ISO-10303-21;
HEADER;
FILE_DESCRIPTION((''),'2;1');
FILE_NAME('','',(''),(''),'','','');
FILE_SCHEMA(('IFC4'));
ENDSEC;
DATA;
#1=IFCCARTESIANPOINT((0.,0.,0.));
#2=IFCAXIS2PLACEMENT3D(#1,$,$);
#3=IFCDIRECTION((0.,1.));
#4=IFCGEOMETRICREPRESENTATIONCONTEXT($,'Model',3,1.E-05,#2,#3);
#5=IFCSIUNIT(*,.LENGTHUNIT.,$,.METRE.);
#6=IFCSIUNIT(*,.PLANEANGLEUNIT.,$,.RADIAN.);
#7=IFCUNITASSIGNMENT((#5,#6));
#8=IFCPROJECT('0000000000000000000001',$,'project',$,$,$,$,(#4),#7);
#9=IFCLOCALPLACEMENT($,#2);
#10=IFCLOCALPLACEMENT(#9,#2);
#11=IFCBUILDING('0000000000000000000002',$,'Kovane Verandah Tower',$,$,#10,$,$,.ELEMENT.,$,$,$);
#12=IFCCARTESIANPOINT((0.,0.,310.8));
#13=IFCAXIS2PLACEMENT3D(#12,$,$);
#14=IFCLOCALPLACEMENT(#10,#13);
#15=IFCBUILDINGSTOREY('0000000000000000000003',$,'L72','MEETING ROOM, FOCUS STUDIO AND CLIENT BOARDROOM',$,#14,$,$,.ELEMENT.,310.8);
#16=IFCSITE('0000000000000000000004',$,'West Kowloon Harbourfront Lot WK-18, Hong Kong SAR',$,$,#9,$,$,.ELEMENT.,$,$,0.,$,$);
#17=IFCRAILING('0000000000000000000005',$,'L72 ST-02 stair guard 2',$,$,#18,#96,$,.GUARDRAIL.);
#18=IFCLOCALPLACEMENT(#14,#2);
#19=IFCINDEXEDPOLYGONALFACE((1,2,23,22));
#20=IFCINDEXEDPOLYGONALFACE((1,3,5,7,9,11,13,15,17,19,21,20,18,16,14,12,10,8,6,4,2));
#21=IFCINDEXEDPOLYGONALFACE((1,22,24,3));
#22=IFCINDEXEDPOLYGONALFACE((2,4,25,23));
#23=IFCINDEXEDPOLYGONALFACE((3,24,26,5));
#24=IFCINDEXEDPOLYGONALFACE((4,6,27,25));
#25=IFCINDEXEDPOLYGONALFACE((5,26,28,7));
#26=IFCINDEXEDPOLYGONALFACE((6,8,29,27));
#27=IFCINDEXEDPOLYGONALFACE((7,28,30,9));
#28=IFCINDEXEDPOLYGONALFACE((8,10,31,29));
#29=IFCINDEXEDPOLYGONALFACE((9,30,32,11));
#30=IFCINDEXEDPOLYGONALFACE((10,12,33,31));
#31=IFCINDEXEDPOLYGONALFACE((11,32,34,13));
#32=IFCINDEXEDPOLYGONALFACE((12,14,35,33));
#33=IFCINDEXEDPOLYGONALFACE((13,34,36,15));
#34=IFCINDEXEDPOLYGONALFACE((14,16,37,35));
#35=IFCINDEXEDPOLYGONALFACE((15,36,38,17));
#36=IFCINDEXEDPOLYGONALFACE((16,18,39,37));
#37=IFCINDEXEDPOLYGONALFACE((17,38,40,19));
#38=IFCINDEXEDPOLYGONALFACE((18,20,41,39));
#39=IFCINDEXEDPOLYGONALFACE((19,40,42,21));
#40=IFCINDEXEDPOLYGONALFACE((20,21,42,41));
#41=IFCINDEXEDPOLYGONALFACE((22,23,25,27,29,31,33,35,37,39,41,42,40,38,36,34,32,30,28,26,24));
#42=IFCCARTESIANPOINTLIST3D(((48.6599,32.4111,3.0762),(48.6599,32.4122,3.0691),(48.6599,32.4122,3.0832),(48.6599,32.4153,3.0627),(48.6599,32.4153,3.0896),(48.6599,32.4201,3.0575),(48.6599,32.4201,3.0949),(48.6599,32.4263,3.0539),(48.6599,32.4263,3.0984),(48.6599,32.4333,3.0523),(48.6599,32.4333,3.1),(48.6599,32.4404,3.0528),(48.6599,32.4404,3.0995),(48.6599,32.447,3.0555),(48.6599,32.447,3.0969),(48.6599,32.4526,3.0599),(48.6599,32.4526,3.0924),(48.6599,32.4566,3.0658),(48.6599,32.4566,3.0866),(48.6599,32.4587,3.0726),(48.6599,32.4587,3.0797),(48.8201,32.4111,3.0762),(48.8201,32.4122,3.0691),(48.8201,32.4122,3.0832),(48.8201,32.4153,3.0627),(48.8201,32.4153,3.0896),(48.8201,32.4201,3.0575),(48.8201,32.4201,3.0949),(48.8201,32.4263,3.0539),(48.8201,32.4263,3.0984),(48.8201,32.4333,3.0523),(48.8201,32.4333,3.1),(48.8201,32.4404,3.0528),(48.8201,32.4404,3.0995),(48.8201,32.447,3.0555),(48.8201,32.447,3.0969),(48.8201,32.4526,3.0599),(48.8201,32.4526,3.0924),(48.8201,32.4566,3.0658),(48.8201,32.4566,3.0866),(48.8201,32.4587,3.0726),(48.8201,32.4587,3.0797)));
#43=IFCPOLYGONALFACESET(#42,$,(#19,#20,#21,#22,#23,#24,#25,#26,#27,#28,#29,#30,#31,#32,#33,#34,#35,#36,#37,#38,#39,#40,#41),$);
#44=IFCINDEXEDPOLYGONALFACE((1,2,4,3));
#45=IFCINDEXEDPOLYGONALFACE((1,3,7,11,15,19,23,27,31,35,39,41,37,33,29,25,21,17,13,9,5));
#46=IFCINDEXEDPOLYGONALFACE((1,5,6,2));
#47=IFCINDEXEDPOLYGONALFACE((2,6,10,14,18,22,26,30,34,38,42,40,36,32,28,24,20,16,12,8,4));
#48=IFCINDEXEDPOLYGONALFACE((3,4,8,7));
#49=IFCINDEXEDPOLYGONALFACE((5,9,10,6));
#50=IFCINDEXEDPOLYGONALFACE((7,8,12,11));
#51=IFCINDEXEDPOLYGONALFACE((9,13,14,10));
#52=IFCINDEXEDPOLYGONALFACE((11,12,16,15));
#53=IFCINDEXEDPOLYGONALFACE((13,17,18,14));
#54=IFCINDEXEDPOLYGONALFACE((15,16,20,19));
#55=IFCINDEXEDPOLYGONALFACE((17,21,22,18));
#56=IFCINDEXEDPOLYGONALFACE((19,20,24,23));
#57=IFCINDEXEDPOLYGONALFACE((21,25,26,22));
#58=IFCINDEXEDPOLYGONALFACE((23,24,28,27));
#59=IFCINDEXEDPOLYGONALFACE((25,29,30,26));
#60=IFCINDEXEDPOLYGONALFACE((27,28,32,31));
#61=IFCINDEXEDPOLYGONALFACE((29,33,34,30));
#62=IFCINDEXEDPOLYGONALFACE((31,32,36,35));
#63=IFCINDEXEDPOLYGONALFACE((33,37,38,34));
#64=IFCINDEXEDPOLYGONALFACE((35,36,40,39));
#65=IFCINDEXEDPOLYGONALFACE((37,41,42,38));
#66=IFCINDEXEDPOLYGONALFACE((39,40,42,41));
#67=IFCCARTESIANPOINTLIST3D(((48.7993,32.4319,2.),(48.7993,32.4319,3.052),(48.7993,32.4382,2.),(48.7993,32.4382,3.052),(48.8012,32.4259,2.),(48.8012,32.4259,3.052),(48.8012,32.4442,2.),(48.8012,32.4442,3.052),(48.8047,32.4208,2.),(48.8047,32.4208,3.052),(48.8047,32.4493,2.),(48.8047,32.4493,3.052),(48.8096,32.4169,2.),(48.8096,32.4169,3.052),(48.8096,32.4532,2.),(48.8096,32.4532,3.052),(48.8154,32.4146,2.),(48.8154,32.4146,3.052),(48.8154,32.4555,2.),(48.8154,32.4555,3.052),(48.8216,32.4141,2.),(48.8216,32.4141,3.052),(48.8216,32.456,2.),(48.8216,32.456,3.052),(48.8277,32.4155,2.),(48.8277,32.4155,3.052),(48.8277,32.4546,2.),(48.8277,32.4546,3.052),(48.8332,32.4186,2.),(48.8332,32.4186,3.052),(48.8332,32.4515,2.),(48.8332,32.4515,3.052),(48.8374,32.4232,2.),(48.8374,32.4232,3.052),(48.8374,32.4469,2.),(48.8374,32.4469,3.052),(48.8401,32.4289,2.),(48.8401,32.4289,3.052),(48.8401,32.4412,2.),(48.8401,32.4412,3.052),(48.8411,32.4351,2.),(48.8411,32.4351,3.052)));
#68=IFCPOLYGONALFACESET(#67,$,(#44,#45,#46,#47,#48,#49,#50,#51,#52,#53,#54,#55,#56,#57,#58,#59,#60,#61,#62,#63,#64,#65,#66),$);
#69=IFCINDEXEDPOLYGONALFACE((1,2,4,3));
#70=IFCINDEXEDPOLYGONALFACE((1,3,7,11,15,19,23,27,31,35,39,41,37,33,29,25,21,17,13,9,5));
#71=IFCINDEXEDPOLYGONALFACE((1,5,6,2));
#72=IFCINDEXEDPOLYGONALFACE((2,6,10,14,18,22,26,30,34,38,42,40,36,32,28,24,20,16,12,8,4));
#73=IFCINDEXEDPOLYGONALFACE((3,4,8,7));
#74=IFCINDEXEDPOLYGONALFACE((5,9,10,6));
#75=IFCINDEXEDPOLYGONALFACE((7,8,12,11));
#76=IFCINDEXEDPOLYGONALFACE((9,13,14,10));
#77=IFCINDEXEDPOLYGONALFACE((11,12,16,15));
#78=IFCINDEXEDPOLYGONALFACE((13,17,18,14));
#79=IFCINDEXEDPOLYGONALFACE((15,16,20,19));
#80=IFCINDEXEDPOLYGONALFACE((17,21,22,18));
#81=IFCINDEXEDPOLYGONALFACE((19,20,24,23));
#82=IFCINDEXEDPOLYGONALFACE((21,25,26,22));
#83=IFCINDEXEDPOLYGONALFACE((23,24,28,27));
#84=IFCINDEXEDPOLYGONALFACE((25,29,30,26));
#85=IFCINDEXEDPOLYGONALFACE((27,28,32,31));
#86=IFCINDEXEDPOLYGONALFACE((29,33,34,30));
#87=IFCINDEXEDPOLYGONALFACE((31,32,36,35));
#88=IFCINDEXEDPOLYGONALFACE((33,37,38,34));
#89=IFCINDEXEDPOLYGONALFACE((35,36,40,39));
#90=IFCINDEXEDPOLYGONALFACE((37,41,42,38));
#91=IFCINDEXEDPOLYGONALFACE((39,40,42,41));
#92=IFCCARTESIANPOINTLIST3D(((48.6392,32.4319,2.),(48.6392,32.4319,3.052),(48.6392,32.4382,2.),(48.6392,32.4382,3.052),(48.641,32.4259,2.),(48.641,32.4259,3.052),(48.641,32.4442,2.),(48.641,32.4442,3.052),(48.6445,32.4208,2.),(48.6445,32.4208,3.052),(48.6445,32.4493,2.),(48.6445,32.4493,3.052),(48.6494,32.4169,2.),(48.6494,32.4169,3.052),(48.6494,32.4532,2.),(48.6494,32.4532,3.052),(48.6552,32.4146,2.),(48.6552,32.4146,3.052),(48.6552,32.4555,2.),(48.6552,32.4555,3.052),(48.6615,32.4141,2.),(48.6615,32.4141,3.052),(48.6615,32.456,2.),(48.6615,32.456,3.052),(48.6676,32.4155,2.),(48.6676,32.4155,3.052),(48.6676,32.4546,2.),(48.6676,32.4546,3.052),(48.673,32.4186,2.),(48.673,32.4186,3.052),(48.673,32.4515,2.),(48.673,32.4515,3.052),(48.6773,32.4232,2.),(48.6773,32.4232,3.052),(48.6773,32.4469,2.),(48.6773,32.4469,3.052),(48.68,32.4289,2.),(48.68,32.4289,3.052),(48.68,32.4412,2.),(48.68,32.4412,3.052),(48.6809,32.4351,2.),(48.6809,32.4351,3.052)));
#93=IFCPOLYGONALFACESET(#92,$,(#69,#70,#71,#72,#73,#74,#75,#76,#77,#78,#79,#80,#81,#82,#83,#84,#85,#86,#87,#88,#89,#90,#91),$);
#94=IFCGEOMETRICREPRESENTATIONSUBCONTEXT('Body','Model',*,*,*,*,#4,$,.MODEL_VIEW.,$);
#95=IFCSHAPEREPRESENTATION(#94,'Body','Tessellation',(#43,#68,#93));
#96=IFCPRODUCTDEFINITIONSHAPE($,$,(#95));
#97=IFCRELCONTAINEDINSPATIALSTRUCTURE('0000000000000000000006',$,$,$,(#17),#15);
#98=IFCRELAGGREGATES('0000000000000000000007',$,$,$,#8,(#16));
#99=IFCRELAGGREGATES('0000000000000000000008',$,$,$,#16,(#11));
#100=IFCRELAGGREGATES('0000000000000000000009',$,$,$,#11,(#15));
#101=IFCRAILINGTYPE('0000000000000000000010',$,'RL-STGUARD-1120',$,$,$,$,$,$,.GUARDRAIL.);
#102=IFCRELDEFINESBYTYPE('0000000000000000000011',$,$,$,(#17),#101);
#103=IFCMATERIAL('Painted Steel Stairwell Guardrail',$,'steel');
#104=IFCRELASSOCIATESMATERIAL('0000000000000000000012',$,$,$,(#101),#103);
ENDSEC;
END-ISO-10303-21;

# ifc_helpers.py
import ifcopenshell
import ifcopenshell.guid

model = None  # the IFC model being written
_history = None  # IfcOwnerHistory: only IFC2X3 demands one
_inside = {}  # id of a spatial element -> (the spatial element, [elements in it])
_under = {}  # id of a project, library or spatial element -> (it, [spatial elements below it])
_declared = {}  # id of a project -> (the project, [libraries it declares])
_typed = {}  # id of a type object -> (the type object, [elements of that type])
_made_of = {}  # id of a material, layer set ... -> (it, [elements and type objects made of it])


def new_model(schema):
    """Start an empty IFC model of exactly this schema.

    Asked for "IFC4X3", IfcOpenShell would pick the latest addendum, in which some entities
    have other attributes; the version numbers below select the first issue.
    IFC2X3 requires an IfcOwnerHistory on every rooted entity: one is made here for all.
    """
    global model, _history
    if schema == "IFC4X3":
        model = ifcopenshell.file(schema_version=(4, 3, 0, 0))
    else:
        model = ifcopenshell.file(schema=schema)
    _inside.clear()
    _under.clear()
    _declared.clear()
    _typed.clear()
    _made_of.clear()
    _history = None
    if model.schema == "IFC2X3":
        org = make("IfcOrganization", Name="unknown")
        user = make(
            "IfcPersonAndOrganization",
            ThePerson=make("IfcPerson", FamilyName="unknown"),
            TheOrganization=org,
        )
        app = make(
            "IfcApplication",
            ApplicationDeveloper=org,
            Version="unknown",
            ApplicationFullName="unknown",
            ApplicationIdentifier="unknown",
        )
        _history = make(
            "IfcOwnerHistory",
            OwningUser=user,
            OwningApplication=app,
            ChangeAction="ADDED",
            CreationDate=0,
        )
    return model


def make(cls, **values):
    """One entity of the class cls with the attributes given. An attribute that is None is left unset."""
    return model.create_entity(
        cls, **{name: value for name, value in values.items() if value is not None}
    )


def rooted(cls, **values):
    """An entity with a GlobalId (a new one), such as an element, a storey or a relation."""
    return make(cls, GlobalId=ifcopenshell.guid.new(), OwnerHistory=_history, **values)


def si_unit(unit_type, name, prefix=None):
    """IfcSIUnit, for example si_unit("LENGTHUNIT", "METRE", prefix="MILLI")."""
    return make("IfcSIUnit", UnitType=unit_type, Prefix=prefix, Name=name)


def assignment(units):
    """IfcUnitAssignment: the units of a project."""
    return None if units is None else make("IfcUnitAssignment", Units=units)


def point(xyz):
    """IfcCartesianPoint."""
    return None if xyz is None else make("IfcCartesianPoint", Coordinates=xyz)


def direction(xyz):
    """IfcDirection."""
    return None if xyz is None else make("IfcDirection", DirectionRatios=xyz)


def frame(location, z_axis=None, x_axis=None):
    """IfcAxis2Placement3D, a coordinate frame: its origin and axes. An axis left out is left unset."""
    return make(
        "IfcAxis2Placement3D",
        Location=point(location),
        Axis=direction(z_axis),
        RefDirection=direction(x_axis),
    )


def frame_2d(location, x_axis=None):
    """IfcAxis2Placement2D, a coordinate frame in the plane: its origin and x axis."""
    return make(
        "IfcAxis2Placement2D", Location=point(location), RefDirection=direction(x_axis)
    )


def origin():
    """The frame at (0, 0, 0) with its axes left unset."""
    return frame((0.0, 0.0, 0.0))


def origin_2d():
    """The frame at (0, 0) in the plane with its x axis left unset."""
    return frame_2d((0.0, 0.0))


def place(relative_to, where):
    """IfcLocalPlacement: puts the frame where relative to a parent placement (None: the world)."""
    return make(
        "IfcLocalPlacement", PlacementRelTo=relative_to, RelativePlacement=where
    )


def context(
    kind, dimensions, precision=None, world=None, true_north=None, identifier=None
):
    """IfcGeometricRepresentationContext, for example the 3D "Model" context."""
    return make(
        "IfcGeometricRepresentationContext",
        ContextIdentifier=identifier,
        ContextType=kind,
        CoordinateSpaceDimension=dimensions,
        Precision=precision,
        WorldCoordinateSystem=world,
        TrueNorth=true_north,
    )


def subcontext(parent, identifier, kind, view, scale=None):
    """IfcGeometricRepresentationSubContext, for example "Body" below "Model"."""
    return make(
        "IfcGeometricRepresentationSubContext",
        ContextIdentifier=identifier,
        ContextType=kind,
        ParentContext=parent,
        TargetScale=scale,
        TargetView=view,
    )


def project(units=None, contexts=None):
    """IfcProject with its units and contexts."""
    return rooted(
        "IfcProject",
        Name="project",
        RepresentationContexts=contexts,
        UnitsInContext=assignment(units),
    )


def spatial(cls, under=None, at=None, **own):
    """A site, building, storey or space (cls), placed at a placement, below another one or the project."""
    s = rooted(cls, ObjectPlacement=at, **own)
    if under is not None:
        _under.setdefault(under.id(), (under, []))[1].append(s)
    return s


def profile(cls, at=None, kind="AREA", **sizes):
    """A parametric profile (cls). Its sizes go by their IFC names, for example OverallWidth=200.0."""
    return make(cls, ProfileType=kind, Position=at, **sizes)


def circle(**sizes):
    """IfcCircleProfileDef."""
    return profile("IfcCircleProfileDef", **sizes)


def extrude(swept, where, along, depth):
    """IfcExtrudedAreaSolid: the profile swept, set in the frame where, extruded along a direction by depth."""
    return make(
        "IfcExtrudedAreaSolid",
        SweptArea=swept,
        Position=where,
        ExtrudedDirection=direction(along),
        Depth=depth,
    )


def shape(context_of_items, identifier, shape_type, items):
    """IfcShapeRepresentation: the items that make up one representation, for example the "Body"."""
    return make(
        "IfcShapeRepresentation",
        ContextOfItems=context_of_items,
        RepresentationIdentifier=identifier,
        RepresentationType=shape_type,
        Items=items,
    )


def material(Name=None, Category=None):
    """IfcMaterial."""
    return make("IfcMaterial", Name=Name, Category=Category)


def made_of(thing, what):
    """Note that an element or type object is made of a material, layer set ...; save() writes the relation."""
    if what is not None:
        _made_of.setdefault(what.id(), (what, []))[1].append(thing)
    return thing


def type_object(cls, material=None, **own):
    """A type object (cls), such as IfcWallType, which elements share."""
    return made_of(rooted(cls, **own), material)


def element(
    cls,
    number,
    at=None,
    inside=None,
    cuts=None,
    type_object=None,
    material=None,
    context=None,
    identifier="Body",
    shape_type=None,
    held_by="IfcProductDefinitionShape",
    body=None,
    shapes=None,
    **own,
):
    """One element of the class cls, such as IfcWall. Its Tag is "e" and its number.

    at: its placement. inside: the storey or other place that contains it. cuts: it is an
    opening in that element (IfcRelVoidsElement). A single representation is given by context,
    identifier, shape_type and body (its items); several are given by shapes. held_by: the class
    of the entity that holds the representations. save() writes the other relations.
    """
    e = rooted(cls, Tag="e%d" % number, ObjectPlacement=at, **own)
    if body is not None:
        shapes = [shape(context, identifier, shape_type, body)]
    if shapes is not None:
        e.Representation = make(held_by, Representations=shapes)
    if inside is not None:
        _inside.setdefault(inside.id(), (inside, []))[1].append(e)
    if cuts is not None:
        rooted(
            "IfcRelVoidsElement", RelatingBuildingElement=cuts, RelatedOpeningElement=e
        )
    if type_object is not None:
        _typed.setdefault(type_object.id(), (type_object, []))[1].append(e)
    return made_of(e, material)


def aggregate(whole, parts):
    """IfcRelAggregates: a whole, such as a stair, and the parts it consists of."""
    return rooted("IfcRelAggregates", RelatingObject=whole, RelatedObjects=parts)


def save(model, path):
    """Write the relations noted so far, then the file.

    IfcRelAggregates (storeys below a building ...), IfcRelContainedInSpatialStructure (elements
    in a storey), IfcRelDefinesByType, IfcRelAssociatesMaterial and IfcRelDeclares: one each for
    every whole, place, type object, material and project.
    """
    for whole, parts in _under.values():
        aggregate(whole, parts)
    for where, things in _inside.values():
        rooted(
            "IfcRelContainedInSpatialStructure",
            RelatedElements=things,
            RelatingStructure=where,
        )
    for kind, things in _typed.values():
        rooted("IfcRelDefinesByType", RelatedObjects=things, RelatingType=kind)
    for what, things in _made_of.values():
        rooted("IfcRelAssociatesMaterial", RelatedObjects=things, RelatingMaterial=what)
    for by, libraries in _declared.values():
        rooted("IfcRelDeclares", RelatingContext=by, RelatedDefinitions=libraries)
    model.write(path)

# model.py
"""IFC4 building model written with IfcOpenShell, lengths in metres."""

from ifc_helpers import new_model, si_unit, direction, frame, origin, origin_2d, place, context, subcontext, project, spatial, circle, extrude, material, type_object, element, save


model = new_model("IFC4")

# Units and contexts
model_context = context("Model", 3, precision=1e-05, world=origin(), true_north=direction((0.0, 1.0)))
body_context = subcontext(model_context, "Body", "Model", "MODEL_VIEW")
ifc_project = project(units=[si_unit("LENGTHUNIT", "METRE"), si_unit("PLANEANGLEUNIT", "RADIAN")], contexts=[model_context])

# Site, building, storey
site_placement = place(None, origin())
site = spatial("IfcSite", under=ifc_project, at=site_placement, Name="West Kowloon Harbourfront Lot WK-18, Hong Kong SAR", CompositionType="ELEMENT", RefElevation=0.0)
building_placement = place(site_placement, origin())
building = spatial("IfcBuilding", under=site, at=building_placement, Name="Kovane Verandah Tower", CompositionType="ELEMENT")
storey_placement = place(building_placement, frame((0.0, 0.0, 310.8)))
storey = spatial("IfcBuildingStorey", under=building, at=storey_placement, Name="L72", Description="MEETING ROOM, FOCUS STUDIO AND CLIENT BOARDROOM", CompositionType="ELEMENT", Elevation=310.8)

# Railing
ifc_material_1 = material(Name="Painted Steel Stairwell Guardrail", Category="steel")
railing_type_1 = type_object("IfcRailingType", Name="RL-STGUARD-1120", PredefinedType="GUARDRAIL", material=ifc_material_1)
railing_1_placement = place(storey_placement, frame((48.8201, 32.4351, 2.0)))
element("IfcRailing", 1, at=railing_1_placement, inside=storey, type_object=railing_type_1, Name="L72 ST-02 stair guard 2", PredefinedType="GUARDRAIL", context=body_context, shape_type="SweptSolid", body=[
    extrude(circle(Radius=0.0239, at=origin_2d()), frame((0.0, 0.0, 1.0762), z_axis=(-1.0, 0.0, 0.0), x_axis=(0.0, -1.0, 0.0)), (0.0, 0.0, 1.0), 0.1602),
    extrude(circle(Radius=0.021, at=origin_2d()), origin(), (0.0, 0.0, 1.0), 1.052),
    extrude(circle(Radius=0.021, at=origin_2d()), frame((-0.1602, 0.0, 0.0)), (0.0, 0.0, 1.0), 1.052),
])

save(model, "model.ifc")
